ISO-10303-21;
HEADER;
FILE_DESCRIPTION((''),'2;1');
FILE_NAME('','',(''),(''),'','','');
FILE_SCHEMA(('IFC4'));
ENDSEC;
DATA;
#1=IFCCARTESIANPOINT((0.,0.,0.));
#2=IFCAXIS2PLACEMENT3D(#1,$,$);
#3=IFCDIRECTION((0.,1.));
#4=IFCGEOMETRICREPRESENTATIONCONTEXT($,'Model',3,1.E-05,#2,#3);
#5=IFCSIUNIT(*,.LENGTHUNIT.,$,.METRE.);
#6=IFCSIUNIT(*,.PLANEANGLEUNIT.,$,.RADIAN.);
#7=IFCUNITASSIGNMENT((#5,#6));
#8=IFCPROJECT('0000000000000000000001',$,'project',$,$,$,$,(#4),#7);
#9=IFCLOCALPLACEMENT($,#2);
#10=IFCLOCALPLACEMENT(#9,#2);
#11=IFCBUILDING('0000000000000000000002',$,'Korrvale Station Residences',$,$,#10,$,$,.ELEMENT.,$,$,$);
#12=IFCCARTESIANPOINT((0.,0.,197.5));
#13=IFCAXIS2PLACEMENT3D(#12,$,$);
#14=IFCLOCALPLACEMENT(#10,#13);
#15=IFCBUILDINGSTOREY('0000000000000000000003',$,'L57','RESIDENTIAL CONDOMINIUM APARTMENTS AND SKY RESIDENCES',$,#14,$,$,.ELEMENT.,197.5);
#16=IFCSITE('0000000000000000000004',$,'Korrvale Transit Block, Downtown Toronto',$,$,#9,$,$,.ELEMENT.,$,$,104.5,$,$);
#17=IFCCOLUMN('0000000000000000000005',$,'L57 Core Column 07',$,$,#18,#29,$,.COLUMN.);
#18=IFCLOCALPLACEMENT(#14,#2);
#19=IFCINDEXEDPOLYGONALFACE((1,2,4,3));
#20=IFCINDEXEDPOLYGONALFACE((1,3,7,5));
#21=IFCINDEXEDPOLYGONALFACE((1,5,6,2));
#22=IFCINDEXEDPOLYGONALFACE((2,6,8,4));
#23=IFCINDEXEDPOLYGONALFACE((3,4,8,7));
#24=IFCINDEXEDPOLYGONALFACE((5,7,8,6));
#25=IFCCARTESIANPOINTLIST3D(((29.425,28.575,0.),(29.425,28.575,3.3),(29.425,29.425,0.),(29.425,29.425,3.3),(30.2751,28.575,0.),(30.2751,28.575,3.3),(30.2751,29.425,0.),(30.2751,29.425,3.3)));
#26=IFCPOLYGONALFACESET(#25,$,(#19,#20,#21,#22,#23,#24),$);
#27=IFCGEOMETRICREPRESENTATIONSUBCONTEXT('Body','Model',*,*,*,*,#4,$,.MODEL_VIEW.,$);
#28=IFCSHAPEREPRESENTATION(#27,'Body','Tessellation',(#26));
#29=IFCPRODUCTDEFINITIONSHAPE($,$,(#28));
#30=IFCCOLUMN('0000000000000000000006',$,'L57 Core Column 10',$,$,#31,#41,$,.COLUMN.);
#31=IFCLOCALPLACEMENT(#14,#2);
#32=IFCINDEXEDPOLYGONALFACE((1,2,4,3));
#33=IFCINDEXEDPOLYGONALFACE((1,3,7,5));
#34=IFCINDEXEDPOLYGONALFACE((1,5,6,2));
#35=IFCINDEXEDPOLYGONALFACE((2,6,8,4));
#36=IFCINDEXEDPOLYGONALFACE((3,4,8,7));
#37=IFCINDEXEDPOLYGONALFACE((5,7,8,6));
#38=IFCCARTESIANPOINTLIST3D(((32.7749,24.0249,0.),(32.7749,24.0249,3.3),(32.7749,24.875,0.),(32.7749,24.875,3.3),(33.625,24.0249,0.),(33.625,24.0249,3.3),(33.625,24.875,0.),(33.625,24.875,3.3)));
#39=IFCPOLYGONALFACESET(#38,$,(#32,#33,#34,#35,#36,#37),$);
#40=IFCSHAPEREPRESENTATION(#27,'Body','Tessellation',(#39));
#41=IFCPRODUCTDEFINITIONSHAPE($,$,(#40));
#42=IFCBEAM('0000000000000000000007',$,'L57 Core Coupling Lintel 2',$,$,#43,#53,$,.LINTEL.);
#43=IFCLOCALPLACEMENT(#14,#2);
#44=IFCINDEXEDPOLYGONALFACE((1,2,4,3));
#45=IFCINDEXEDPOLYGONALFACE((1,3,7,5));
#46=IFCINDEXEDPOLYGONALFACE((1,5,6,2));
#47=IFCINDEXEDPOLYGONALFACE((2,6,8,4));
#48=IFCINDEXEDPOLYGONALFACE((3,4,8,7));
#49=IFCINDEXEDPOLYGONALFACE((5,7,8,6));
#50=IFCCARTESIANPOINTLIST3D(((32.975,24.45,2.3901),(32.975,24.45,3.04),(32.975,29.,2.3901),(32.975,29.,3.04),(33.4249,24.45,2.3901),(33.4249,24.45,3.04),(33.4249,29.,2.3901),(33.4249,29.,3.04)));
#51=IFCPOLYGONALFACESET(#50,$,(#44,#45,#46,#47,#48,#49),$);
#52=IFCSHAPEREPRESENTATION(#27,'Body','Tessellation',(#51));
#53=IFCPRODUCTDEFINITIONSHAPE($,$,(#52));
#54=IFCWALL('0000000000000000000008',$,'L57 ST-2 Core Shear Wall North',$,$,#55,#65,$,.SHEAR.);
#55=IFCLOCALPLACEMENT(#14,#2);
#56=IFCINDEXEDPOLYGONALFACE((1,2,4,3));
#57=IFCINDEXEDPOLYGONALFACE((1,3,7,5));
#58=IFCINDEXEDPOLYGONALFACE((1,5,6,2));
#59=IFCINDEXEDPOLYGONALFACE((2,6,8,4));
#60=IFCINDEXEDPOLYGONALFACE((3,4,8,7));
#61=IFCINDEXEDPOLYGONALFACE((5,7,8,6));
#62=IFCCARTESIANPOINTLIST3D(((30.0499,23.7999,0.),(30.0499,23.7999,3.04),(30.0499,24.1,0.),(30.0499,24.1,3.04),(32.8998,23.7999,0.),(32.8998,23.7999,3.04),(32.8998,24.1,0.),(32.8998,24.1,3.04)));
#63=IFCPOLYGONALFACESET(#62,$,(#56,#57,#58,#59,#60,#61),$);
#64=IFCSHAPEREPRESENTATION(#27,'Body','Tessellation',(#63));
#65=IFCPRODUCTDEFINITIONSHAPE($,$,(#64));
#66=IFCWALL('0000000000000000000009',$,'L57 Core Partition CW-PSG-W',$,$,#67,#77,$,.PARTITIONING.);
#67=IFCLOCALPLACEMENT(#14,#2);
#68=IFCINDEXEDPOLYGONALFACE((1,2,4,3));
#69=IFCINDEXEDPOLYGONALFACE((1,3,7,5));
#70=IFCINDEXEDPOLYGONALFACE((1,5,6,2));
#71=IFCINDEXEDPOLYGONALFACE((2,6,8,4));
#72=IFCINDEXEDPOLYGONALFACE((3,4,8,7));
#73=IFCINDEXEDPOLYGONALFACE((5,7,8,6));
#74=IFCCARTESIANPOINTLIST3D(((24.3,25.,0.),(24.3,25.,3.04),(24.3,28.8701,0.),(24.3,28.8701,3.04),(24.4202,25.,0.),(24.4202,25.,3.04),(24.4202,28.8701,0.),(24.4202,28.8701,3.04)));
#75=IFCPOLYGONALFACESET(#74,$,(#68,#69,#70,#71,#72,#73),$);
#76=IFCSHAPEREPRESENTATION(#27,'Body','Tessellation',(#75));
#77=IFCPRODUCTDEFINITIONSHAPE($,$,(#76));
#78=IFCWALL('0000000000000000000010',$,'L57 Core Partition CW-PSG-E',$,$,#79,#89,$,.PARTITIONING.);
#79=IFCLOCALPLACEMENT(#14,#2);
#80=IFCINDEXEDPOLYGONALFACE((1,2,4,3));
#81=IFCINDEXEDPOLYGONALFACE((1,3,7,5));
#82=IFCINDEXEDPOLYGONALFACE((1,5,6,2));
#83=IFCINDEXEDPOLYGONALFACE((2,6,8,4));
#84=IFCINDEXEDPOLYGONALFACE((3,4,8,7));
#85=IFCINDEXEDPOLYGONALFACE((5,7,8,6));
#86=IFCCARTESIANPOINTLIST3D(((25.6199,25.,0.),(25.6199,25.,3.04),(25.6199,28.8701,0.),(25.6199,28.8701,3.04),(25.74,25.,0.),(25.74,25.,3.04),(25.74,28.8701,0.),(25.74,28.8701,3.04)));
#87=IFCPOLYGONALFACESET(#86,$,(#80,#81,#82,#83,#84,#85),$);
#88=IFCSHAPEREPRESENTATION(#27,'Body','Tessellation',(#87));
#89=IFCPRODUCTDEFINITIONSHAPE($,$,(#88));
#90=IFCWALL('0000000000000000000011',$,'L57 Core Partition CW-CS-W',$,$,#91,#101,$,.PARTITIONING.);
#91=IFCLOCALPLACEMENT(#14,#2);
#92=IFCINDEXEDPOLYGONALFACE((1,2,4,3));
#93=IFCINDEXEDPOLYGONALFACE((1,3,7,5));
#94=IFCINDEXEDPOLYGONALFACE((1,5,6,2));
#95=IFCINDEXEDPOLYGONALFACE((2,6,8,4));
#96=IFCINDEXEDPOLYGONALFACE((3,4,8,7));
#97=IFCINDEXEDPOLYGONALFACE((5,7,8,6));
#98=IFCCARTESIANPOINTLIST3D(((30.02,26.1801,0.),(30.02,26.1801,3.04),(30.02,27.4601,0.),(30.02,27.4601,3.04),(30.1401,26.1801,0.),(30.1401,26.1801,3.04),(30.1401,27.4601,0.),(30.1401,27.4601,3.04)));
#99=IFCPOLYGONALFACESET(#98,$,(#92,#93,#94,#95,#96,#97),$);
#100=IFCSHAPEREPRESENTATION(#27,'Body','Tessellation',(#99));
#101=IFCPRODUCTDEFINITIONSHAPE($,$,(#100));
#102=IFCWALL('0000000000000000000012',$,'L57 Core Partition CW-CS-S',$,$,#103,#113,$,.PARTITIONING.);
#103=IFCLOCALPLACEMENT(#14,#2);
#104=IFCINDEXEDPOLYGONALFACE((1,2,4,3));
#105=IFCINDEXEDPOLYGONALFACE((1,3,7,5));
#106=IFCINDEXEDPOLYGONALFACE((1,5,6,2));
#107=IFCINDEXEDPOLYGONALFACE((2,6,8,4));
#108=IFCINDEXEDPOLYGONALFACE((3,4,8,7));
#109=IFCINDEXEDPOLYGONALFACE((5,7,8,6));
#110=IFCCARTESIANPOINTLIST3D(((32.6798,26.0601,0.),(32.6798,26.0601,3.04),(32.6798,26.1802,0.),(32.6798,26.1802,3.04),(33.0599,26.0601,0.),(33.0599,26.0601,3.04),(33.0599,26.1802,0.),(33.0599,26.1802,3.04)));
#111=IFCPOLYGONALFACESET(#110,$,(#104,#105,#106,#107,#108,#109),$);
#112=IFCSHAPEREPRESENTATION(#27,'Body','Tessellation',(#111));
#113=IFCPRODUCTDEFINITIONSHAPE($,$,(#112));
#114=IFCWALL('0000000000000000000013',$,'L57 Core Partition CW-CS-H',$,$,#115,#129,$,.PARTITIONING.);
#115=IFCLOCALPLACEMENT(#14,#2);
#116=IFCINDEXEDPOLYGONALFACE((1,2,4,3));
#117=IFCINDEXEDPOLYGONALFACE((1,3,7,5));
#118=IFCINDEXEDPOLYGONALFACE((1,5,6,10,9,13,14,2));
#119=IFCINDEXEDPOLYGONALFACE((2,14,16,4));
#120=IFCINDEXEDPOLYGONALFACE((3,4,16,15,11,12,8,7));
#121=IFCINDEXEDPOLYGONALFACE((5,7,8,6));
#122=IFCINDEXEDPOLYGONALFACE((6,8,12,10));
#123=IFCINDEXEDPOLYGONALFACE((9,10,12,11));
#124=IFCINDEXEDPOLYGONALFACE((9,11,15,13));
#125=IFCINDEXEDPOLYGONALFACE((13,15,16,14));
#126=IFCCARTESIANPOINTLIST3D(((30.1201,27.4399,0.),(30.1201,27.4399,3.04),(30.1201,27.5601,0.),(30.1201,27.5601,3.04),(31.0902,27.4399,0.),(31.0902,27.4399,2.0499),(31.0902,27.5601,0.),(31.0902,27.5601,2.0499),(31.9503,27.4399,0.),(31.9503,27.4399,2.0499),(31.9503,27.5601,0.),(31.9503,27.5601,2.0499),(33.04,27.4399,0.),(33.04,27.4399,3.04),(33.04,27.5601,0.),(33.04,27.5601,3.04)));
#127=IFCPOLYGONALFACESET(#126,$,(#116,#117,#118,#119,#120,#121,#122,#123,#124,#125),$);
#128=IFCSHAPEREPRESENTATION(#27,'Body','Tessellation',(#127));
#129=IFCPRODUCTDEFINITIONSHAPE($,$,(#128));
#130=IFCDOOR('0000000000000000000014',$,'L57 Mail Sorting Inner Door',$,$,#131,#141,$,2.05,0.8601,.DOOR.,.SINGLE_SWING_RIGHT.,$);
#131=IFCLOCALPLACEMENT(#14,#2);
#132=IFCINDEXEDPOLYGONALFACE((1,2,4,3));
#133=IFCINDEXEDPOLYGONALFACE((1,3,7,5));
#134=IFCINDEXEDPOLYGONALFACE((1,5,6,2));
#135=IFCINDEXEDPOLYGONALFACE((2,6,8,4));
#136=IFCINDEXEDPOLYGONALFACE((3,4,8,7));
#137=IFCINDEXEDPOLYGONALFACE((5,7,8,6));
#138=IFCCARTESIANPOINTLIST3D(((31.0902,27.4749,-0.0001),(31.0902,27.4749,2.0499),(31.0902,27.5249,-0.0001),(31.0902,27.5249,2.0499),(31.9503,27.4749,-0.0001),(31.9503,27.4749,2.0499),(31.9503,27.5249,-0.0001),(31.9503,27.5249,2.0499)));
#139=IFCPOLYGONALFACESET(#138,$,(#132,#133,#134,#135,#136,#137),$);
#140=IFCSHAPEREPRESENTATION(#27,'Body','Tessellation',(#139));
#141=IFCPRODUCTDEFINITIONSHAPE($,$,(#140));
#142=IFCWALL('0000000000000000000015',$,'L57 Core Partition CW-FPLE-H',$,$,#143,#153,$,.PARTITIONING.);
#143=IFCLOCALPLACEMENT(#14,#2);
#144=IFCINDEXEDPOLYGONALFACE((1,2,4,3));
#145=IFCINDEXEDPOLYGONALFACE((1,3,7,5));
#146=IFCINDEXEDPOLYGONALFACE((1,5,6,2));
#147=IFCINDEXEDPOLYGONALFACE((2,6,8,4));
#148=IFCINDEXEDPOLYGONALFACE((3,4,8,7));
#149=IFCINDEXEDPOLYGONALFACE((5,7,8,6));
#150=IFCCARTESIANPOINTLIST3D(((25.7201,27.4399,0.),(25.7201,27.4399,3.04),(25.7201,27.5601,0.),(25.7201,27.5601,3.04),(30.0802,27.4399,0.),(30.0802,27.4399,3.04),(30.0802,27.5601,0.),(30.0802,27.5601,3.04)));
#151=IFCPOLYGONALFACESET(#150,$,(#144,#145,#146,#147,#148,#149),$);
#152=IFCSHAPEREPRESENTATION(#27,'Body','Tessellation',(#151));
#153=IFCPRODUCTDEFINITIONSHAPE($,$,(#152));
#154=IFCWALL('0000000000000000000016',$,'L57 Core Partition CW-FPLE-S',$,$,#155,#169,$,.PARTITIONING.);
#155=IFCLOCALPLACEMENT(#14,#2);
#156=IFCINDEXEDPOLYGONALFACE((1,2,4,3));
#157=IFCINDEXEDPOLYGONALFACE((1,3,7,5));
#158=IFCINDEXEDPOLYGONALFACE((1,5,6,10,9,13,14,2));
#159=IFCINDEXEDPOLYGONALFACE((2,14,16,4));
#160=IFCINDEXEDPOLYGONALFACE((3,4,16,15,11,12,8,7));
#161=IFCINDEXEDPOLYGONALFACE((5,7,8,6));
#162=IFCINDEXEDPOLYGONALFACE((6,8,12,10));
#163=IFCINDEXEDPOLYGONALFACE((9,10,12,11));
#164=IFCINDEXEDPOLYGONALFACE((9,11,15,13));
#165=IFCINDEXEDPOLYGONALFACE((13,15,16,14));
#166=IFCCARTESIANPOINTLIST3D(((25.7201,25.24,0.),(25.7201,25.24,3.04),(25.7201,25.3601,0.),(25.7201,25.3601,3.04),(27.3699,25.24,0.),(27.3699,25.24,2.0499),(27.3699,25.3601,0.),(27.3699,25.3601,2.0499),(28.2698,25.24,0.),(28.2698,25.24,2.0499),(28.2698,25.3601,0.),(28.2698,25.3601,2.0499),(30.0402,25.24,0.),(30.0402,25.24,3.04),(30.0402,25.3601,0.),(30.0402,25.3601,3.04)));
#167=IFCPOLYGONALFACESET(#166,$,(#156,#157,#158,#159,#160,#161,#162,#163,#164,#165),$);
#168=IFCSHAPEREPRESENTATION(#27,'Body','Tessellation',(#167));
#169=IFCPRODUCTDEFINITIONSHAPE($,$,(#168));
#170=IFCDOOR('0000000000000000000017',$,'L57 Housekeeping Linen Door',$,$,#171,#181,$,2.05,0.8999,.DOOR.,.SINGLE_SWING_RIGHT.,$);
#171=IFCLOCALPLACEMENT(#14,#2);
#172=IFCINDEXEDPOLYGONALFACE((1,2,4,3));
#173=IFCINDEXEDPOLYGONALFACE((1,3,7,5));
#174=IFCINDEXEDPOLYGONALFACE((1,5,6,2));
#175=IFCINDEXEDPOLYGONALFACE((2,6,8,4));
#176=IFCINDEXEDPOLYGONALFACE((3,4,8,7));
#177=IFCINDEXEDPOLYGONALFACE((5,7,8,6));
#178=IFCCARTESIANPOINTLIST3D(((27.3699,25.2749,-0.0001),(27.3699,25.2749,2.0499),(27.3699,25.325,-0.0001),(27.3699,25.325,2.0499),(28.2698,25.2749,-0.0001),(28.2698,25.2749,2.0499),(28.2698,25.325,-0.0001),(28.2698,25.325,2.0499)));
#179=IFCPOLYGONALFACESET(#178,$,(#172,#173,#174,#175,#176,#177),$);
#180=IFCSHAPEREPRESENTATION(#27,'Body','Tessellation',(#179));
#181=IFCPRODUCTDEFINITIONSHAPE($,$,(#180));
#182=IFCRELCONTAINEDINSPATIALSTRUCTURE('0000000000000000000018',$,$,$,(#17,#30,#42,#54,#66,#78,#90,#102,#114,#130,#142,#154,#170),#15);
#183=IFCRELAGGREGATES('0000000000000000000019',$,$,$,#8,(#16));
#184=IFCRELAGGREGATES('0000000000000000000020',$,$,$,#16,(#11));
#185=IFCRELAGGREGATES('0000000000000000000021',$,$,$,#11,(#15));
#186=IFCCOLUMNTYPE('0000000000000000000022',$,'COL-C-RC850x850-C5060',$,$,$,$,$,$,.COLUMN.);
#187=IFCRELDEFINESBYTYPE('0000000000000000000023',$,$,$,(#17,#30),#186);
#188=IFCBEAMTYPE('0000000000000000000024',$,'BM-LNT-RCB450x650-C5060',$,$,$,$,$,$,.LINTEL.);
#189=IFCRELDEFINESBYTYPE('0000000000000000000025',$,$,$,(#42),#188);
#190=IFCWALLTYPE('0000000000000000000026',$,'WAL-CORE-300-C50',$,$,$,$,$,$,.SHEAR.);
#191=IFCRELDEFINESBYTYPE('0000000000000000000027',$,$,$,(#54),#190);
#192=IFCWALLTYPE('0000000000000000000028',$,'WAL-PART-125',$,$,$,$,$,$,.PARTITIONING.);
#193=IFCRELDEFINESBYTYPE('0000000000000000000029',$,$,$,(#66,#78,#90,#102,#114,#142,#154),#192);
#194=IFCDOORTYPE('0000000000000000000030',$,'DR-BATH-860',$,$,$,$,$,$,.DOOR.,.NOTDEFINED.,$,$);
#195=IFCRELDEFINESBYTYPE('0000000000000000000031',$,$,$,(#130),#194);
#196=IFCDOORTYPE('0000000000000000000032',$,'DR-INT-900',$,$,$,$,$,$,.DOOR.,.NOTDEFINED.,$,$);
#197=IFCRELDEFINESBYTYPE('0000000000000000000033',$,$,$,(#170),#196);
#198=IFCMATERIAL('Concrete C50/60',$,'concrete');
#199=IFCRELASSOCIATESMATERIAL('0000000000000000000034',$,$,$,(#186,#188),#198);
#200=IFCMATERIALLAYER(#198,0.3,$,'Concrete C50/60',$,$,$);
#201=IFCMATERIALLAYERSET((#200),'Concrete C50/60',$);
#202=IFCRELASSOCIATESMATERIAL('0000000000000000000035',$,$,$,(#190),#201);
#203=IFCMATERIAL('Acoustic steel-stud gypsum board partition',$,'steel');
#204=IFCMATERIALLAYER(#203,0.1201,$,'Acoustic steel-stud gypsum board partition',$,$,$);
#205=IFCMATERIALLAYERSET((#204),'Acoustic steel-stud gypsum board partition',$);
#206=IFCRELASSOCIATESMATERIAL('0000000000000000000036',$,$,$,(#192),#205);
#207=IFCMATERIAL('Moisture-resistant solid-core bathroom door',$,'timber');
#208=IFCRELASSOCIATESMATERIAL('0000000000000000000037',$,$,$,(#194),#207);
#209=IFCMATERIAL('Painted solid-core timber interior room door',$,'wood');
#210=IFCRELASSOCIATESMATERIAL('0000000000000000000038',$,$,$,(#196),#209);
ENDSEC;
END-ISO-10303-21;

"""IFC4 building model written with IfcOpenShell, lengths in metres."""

from ifc_helpers import new_model, si_unit, direction, frame, frame_2d, origin, origin_2d, place, context, subcontext, project, spatial, rectangle, extrude, material, layer, layer_set, material_profile, profile_set, type_object, element, fill, save


model = new_model("IFC4")

# Units and contexts
model_context = context("Model", 3, precision=1e-05, world=origin(), true_north=direction((0.0, 1.0)))
body_context = subcontext(model_context, "Body", "Model", "MODEL_VIEW")
ifc_project = project(units=[si_unit("LENGTHUNIT", "METRE"), si_unit("PLANEANGLEUNIT", "RADIAN")], contexts=[model_context])

# Site, building, storey
site_placement = place(None, origin())
site = spatial("IfcSite", under=ifc_project, at=site_placement, Name="Korrvale Transit Block, Downtown Toronto", CompositionType="ELEMENT", RefElevation=104.5)
building_placement = place(site_placement, origin())
building = spatial("IfcBuilding", under=site, at=building_placement, Name="Korrvale Station Residences", CompositionType="ELEMENT")
storey_placement = place(building_placement, frame((0.0, 0.0, 197.5)))
storey = spatial("IfcBuildingStorey", under=building, at=storey_placement, Name="L57", Description="RESIDENTIAL CONDOMINIUM APARTMENTS AND SKY RESIDENCES", CompositionType="ELEMENT", Elevation=197.5)

# Columns
ifc_material_1 = material(Name="Concrete C50/60", Category="concrete")
ifc_material_profile_1 = material_profile(ifc_material_1, rectangle(XDim=0.8501, YDim=0.8501, at=origin_2d()), Name="RC850x850")
ifc_profile_set_1 = profile_set([ifc_material_profile_1], Name="Concrete C50/60")
column_type = type_object("IfcColumnType", Name="COL-C-RC850x850-C5060", PredefinedType="COLUMN", material=ifc_profile_set_1)
for number, where, z_axis, x_axis, name in (
    (1, (29.8501, 29.0, 0.0), (0.0, 0.0, 1.0), (1.0, 0.0, 0.0), "L57 Core Column 07"),
    (2, (33.2, 24.45, 0.0), (0.0, 0.0, 1.0), (1.0, 0.0, 0.0), "L57 Core Column 10"),
):
    element("IfcColumn", number, at=place(storey_placement, frame(where, z_axis=z_axis, x_axis=x_axis)), inside=storey, type_object=column_type, Name=name, PredefinedType="COLUMN", context=body_context, shape_type="SweptSolid", body=[
        extrude(rectangle(XDim=0.8501, YDim=0.8501, at=origin_2d()), origin(), (0.0, 0.0, 1.0), 3.3),
    ])

# Beam
ifc_material_profile_2 = material_profile(ifc_material_1, rectangle(XDim=0.45, YDim=0.6499, at=origin_2d()), Name="RCB450x650")
ifc_profile_set_2 = profile_set([ifc_material_profile_2], Name="Concrete C50/60")
beam_type = type_object("IfcBeamType", Name="BM-LNT-RCB450x650-C5060", PredefinedType="LINTEL", material=ifc_profile_set_2)
beam_placement = place(storey_placement, frame((33.2, 24.45, 2.7151), z_axis=(0.0, 1.0, 0.0), x_axis=(-1.0, 0.0, 0.0)))
element("IfcBeam", 3, at=beam_placement, inside=storey, type_object=beam_type, Name="L57 Core Coupling Lintel 2", PredefinedType="LINTEL", context=body_context, shape_type="SweptSolid", body=[
    extrude(rectangle(XDim=0.45, YDim=0.6499, at=origin_2d()), origin(), (0.0, 0.0, 1.0), 4.55),
])

# Walls
ifc_layer_1 = layer(ifc_material_1, 0.3, Name="Concrete C50/60")
ifc_layer_set_1 = layer_set([ifc_layer_1], Name="Concrete C50/60")
wall_type_1 = type_object("IfcWallType", Name="WAL-CORE-300-C50", PredefinedType="SHEAR", material=ifc_layer_set_1)
wall_1_placement = place(storey_placement, frame((30.05, 23.95, 0.0), z_axis=(0.0, 0.0, 1.0), x_axis=(1.0, 0.0, 0.0)))
element("IfcWall", 4, at=wall_1_placement, inside=storey, type_object=wall_type_1, Name="L57 ST-2 Core Shear Wall North", PredefinedType="SHEAR", context=body_context, shape_type="SweptSolid", body=[
    extrude(rectangle(XDim=2.8499, YDim=0.3, at=frame_2d((1.4248, 0.0))), origin(), (0.0, 0.0, 1.0), 3.04),
])
ifc_material_2 = material(Name="Acoustic steel-stud gypsum board partition", Category="steel")
ifc_layer_2 = layer(ifc_material_2, 0.1201, Name="Acoustic steel-stud gypsum board partition")
ifc_layer_set_2 = layer_set([ifc_layer_2], Name="Acoustic steel-stud gypsum board partition")
wall_type_2 = type_object("IfcWallType", Name="WAL-PART-125", PredefinedType="PARTITIONING", material=ifc_layer_set_2)
for number, where, z_axis, x_axis, name in (
    (5, (24.3601, 25.0, 0.0), (0.0, 0.0, 1.0), (0.0, 1.0, 0.0), "L57 Core Partition CW-PSG-W"),
    (6, (25.6799, 25.0, 0.0), (0.0, 0.0, 1.0), (0.0, 1.0, 0.0), "L57 Core Partition CW-PSG-E"),
):
    element("IfcWall", number, at=place(storey_placement, frame(where, z_axis=z_axis, x_axis=x_axis)), inside=storey, type_object=wall_type_2, Name=name, PredefinedType="PARTITIONING", context=body_context, shape_type="SweptSolid", body=[
        extrude(rectangle(XDim=3.8701, YDim=0.1201, at=frame_2d((1.9351, 0.0))), origin(), (0.0, 0.0, 1.0), 3.04),
    ])
wall_2_placement = place(storey_placement, frame((30.0801, 26.1799, 0.0), z_axis=(0.0, 0.0, 1.0), x_axis=(0.0, 1.0, 0.0)))
element("IfcWall", 7, at=wall_2_placement, inside=storey, type_object=wall_type_2, Name="L57 Core Partition CW-CS-W", PredefinedType="PARTITIONING", context=body_context, shape_type="SweptSolid", body=[
    extrude(rectangle(XDim=1.28, YDim=0.1201, at=frame_2d((0.6401, 0.0))), origin(), (0.0, 0.0, 1.0), 3.04),
])
wall_3_placement = place(storey_placement, frame((32.6799, 26.1201, 0.0), z_axis=(0.0, 0.0, 1.0), x_axis=(1.0, 0.0, 0.0)))
element("IfcWall", 8, at=wall_3_placement, inside=storey, type_object=wall_type_2, Name="L57 Core Partition CW-CS-S", PredefinedType="PARTITIONING", context=body_context, shape_type="SweptSolid", body=[
    extrude(rectangle(XDim=0.3801, YDim=0.1201, at=frame_2d((0.1899, 0.0))), origin(), (0.0, 0.0, 1.0), 3.04),
])

# Wall, opening, door
wall_4_placement = place(storey_placement, frame((30.1201, 27.5, 0.0), z_axis=(0.0, 0.0, 1.0), x_axis=(1.0, 0.0, 0.0)))
wall_4 = element("IfcWall", 9, at=wall_4_placement, inside=storey, type_object=wall_type_2, Name="L57 Core Partition CW-CS-H", PredefinedType="PARTITIONING", context=body_context, shape_type="SweptSolid", body=[
    extrude(rectangle(XDim=2.9199, YDim=0.1201, at=frame_2d((1.46, 0.0))), origin(), (0.0, 0.0, 1.0), 3.04),
])
opening_1_placement = place(wall_4_placement, frame((0.97, 0.0, 0.0)))
opening_1 = element("IfcOpeningElement", 10, at=opening_1_placement, cuts=wall_4, PredefinedType="OPENING", context=body_context, shape_type="SweptSolid", body=[
    extrude(rectangle(XDim=0.8601, YDim=2.05, at=frame_2d((0.4302, 1.0249))), frame((0.0, 0.0701, 0.0), z_axis=(0.0, -1.0, 0.0), x_axis=(1.0, 0.0, 0.0)), (0.0, 0.0, 1.0), 0.1401),
])
ifc_material_3 = material(Name="Moisture-resistant solid-core bathroom door", Category="timber")
door_type_1 = type_object("IfcDoorType", Name="DR-BATH-860", OperationType="NOTDEFINED", PredefinedType="DOOR", material=ifc_material_3)
door_1_placement = place(opening_1_placement, origin())
door_1 = element("IfcDoor", 11, at=door_1_placement, inside=storey, type_object=door_type_1, Name="L57 Mail Sorting Inner Door", OperationType="SINGLE_SWING_RIGHT", OverallHeight=2.05, OverallWidth=0.8601, PredefinedType="DOOR", context=body_context, shape_type="SweptSolid", body=[
    extrude(rectangle(XDim=0.8601, YDim=2.05, at=frame_2d((0.4302, 1.0249))), frame((0.0, 0.0249, 0.0), z_axis=(0.0, -1.0, 0.0), x_axis=(1.0, 0.0, 0.0)), (0.0, 0.0, 1.0), 0.05),
])
fill(opening_1, door_1)

# Wall
wall_5_placement = place(storey_placement, frame((25.72, 27.5, 0.0), z_axis=(0.0, 0.0, 1.0), x_axis=(1.0, 0.0, 0.0)))
element("IfcWall", 12, at=wall_5_placement, inside=storey, type_object=wall_type_2, Name="L57 Core Partition CW-FPLE-H", PredefinedType="PARTITIONING", context=body_context, shape_type="SweptSolid", body=[
    extrude(rectangle(XDim=4.3601, YDim=0.1201, at=frame_2d((2.1802, 0.0))), origin(), (0.0, 0.0, 1.0), 3.04),
])

# Wall, opening, door
wall_6_placement = place(storey_placement, frame((25.72, 25.3, 0.0), z_axis=(0.0, 0.0, 1.0), x_axis=(1.0, 0.0, 0.0)))
wall_6 = element("IfcWall", 13, at=wall_6_placement, inside=storey, type_object=wall_type_2, Name="L57 Core Partition CW-FPLE-S", PredefinedType="PARTITIONING", context=body_context, shape_type="SweptSolid", body=[
    extrude(rectangle(XDim=4.3201, YDim=0.1201, at=frame_2d((2.1602, 0.0))), origin(), (0.0, 0.0, 1.0), 3.04),
])
opening_2_placement = place(wall_6_placement, frame((1.6499, 0.0, 0.0)))
opening_2 = element("IfcOpeningElement", 14, at=opening_2_placement, cuts=wall_6, PredefinedType="OPENING", context=body_context, shape_type="SweptSolid", body=[
    extrude(rectangle(XDim=0.8999, YDim=2.05, at=frame_2d((0.45, 1.0249))), frame((0.0, 0.0701, 0.0), z_axis=(0.0, -1.0, 0.0), x_axis=(1.0, 0.0, 0.0)), (0.0, 0.0, 1.0), 0.1401),
])
ifc_material_4 = material(Name="Painted solid-core timber interior room door", Category="wood")
door_type_2 = type_object("IfcDoorType", Name="DR-INT-900", OperationType="NOTDEFINED", PredefinedType="DOOR", material=ifc_material_4)
door_2_placement = place(opening_2_placement, origin())
door_2 = element("IfcDoor", 15, at=door_2_placement, inside=storey, type_object=door_type_2, Name="L57 Housekeeping Linen Door", OperationType="SINGLE_SWING_RIGHT", OverallHeight=2.05, OverallWidth=0.8999, PredefinedType="DOOR", context=body_context, shape_type="SweptSolid", body=[
    extrude(rectangle(XDim=0.8999, YDim=2.05, at=frame_2d((0.45, 1.0249))), frame((0.0, 0.0249, 0.0), z_axis=(0.0, -1.0, 0.0), x_axis=(1.0, 0.0, 0.0)), (0.0, 0.0, 1.0), 0.05),
])
fill(opening_2, door_2)

save(model, "model.ifc")
